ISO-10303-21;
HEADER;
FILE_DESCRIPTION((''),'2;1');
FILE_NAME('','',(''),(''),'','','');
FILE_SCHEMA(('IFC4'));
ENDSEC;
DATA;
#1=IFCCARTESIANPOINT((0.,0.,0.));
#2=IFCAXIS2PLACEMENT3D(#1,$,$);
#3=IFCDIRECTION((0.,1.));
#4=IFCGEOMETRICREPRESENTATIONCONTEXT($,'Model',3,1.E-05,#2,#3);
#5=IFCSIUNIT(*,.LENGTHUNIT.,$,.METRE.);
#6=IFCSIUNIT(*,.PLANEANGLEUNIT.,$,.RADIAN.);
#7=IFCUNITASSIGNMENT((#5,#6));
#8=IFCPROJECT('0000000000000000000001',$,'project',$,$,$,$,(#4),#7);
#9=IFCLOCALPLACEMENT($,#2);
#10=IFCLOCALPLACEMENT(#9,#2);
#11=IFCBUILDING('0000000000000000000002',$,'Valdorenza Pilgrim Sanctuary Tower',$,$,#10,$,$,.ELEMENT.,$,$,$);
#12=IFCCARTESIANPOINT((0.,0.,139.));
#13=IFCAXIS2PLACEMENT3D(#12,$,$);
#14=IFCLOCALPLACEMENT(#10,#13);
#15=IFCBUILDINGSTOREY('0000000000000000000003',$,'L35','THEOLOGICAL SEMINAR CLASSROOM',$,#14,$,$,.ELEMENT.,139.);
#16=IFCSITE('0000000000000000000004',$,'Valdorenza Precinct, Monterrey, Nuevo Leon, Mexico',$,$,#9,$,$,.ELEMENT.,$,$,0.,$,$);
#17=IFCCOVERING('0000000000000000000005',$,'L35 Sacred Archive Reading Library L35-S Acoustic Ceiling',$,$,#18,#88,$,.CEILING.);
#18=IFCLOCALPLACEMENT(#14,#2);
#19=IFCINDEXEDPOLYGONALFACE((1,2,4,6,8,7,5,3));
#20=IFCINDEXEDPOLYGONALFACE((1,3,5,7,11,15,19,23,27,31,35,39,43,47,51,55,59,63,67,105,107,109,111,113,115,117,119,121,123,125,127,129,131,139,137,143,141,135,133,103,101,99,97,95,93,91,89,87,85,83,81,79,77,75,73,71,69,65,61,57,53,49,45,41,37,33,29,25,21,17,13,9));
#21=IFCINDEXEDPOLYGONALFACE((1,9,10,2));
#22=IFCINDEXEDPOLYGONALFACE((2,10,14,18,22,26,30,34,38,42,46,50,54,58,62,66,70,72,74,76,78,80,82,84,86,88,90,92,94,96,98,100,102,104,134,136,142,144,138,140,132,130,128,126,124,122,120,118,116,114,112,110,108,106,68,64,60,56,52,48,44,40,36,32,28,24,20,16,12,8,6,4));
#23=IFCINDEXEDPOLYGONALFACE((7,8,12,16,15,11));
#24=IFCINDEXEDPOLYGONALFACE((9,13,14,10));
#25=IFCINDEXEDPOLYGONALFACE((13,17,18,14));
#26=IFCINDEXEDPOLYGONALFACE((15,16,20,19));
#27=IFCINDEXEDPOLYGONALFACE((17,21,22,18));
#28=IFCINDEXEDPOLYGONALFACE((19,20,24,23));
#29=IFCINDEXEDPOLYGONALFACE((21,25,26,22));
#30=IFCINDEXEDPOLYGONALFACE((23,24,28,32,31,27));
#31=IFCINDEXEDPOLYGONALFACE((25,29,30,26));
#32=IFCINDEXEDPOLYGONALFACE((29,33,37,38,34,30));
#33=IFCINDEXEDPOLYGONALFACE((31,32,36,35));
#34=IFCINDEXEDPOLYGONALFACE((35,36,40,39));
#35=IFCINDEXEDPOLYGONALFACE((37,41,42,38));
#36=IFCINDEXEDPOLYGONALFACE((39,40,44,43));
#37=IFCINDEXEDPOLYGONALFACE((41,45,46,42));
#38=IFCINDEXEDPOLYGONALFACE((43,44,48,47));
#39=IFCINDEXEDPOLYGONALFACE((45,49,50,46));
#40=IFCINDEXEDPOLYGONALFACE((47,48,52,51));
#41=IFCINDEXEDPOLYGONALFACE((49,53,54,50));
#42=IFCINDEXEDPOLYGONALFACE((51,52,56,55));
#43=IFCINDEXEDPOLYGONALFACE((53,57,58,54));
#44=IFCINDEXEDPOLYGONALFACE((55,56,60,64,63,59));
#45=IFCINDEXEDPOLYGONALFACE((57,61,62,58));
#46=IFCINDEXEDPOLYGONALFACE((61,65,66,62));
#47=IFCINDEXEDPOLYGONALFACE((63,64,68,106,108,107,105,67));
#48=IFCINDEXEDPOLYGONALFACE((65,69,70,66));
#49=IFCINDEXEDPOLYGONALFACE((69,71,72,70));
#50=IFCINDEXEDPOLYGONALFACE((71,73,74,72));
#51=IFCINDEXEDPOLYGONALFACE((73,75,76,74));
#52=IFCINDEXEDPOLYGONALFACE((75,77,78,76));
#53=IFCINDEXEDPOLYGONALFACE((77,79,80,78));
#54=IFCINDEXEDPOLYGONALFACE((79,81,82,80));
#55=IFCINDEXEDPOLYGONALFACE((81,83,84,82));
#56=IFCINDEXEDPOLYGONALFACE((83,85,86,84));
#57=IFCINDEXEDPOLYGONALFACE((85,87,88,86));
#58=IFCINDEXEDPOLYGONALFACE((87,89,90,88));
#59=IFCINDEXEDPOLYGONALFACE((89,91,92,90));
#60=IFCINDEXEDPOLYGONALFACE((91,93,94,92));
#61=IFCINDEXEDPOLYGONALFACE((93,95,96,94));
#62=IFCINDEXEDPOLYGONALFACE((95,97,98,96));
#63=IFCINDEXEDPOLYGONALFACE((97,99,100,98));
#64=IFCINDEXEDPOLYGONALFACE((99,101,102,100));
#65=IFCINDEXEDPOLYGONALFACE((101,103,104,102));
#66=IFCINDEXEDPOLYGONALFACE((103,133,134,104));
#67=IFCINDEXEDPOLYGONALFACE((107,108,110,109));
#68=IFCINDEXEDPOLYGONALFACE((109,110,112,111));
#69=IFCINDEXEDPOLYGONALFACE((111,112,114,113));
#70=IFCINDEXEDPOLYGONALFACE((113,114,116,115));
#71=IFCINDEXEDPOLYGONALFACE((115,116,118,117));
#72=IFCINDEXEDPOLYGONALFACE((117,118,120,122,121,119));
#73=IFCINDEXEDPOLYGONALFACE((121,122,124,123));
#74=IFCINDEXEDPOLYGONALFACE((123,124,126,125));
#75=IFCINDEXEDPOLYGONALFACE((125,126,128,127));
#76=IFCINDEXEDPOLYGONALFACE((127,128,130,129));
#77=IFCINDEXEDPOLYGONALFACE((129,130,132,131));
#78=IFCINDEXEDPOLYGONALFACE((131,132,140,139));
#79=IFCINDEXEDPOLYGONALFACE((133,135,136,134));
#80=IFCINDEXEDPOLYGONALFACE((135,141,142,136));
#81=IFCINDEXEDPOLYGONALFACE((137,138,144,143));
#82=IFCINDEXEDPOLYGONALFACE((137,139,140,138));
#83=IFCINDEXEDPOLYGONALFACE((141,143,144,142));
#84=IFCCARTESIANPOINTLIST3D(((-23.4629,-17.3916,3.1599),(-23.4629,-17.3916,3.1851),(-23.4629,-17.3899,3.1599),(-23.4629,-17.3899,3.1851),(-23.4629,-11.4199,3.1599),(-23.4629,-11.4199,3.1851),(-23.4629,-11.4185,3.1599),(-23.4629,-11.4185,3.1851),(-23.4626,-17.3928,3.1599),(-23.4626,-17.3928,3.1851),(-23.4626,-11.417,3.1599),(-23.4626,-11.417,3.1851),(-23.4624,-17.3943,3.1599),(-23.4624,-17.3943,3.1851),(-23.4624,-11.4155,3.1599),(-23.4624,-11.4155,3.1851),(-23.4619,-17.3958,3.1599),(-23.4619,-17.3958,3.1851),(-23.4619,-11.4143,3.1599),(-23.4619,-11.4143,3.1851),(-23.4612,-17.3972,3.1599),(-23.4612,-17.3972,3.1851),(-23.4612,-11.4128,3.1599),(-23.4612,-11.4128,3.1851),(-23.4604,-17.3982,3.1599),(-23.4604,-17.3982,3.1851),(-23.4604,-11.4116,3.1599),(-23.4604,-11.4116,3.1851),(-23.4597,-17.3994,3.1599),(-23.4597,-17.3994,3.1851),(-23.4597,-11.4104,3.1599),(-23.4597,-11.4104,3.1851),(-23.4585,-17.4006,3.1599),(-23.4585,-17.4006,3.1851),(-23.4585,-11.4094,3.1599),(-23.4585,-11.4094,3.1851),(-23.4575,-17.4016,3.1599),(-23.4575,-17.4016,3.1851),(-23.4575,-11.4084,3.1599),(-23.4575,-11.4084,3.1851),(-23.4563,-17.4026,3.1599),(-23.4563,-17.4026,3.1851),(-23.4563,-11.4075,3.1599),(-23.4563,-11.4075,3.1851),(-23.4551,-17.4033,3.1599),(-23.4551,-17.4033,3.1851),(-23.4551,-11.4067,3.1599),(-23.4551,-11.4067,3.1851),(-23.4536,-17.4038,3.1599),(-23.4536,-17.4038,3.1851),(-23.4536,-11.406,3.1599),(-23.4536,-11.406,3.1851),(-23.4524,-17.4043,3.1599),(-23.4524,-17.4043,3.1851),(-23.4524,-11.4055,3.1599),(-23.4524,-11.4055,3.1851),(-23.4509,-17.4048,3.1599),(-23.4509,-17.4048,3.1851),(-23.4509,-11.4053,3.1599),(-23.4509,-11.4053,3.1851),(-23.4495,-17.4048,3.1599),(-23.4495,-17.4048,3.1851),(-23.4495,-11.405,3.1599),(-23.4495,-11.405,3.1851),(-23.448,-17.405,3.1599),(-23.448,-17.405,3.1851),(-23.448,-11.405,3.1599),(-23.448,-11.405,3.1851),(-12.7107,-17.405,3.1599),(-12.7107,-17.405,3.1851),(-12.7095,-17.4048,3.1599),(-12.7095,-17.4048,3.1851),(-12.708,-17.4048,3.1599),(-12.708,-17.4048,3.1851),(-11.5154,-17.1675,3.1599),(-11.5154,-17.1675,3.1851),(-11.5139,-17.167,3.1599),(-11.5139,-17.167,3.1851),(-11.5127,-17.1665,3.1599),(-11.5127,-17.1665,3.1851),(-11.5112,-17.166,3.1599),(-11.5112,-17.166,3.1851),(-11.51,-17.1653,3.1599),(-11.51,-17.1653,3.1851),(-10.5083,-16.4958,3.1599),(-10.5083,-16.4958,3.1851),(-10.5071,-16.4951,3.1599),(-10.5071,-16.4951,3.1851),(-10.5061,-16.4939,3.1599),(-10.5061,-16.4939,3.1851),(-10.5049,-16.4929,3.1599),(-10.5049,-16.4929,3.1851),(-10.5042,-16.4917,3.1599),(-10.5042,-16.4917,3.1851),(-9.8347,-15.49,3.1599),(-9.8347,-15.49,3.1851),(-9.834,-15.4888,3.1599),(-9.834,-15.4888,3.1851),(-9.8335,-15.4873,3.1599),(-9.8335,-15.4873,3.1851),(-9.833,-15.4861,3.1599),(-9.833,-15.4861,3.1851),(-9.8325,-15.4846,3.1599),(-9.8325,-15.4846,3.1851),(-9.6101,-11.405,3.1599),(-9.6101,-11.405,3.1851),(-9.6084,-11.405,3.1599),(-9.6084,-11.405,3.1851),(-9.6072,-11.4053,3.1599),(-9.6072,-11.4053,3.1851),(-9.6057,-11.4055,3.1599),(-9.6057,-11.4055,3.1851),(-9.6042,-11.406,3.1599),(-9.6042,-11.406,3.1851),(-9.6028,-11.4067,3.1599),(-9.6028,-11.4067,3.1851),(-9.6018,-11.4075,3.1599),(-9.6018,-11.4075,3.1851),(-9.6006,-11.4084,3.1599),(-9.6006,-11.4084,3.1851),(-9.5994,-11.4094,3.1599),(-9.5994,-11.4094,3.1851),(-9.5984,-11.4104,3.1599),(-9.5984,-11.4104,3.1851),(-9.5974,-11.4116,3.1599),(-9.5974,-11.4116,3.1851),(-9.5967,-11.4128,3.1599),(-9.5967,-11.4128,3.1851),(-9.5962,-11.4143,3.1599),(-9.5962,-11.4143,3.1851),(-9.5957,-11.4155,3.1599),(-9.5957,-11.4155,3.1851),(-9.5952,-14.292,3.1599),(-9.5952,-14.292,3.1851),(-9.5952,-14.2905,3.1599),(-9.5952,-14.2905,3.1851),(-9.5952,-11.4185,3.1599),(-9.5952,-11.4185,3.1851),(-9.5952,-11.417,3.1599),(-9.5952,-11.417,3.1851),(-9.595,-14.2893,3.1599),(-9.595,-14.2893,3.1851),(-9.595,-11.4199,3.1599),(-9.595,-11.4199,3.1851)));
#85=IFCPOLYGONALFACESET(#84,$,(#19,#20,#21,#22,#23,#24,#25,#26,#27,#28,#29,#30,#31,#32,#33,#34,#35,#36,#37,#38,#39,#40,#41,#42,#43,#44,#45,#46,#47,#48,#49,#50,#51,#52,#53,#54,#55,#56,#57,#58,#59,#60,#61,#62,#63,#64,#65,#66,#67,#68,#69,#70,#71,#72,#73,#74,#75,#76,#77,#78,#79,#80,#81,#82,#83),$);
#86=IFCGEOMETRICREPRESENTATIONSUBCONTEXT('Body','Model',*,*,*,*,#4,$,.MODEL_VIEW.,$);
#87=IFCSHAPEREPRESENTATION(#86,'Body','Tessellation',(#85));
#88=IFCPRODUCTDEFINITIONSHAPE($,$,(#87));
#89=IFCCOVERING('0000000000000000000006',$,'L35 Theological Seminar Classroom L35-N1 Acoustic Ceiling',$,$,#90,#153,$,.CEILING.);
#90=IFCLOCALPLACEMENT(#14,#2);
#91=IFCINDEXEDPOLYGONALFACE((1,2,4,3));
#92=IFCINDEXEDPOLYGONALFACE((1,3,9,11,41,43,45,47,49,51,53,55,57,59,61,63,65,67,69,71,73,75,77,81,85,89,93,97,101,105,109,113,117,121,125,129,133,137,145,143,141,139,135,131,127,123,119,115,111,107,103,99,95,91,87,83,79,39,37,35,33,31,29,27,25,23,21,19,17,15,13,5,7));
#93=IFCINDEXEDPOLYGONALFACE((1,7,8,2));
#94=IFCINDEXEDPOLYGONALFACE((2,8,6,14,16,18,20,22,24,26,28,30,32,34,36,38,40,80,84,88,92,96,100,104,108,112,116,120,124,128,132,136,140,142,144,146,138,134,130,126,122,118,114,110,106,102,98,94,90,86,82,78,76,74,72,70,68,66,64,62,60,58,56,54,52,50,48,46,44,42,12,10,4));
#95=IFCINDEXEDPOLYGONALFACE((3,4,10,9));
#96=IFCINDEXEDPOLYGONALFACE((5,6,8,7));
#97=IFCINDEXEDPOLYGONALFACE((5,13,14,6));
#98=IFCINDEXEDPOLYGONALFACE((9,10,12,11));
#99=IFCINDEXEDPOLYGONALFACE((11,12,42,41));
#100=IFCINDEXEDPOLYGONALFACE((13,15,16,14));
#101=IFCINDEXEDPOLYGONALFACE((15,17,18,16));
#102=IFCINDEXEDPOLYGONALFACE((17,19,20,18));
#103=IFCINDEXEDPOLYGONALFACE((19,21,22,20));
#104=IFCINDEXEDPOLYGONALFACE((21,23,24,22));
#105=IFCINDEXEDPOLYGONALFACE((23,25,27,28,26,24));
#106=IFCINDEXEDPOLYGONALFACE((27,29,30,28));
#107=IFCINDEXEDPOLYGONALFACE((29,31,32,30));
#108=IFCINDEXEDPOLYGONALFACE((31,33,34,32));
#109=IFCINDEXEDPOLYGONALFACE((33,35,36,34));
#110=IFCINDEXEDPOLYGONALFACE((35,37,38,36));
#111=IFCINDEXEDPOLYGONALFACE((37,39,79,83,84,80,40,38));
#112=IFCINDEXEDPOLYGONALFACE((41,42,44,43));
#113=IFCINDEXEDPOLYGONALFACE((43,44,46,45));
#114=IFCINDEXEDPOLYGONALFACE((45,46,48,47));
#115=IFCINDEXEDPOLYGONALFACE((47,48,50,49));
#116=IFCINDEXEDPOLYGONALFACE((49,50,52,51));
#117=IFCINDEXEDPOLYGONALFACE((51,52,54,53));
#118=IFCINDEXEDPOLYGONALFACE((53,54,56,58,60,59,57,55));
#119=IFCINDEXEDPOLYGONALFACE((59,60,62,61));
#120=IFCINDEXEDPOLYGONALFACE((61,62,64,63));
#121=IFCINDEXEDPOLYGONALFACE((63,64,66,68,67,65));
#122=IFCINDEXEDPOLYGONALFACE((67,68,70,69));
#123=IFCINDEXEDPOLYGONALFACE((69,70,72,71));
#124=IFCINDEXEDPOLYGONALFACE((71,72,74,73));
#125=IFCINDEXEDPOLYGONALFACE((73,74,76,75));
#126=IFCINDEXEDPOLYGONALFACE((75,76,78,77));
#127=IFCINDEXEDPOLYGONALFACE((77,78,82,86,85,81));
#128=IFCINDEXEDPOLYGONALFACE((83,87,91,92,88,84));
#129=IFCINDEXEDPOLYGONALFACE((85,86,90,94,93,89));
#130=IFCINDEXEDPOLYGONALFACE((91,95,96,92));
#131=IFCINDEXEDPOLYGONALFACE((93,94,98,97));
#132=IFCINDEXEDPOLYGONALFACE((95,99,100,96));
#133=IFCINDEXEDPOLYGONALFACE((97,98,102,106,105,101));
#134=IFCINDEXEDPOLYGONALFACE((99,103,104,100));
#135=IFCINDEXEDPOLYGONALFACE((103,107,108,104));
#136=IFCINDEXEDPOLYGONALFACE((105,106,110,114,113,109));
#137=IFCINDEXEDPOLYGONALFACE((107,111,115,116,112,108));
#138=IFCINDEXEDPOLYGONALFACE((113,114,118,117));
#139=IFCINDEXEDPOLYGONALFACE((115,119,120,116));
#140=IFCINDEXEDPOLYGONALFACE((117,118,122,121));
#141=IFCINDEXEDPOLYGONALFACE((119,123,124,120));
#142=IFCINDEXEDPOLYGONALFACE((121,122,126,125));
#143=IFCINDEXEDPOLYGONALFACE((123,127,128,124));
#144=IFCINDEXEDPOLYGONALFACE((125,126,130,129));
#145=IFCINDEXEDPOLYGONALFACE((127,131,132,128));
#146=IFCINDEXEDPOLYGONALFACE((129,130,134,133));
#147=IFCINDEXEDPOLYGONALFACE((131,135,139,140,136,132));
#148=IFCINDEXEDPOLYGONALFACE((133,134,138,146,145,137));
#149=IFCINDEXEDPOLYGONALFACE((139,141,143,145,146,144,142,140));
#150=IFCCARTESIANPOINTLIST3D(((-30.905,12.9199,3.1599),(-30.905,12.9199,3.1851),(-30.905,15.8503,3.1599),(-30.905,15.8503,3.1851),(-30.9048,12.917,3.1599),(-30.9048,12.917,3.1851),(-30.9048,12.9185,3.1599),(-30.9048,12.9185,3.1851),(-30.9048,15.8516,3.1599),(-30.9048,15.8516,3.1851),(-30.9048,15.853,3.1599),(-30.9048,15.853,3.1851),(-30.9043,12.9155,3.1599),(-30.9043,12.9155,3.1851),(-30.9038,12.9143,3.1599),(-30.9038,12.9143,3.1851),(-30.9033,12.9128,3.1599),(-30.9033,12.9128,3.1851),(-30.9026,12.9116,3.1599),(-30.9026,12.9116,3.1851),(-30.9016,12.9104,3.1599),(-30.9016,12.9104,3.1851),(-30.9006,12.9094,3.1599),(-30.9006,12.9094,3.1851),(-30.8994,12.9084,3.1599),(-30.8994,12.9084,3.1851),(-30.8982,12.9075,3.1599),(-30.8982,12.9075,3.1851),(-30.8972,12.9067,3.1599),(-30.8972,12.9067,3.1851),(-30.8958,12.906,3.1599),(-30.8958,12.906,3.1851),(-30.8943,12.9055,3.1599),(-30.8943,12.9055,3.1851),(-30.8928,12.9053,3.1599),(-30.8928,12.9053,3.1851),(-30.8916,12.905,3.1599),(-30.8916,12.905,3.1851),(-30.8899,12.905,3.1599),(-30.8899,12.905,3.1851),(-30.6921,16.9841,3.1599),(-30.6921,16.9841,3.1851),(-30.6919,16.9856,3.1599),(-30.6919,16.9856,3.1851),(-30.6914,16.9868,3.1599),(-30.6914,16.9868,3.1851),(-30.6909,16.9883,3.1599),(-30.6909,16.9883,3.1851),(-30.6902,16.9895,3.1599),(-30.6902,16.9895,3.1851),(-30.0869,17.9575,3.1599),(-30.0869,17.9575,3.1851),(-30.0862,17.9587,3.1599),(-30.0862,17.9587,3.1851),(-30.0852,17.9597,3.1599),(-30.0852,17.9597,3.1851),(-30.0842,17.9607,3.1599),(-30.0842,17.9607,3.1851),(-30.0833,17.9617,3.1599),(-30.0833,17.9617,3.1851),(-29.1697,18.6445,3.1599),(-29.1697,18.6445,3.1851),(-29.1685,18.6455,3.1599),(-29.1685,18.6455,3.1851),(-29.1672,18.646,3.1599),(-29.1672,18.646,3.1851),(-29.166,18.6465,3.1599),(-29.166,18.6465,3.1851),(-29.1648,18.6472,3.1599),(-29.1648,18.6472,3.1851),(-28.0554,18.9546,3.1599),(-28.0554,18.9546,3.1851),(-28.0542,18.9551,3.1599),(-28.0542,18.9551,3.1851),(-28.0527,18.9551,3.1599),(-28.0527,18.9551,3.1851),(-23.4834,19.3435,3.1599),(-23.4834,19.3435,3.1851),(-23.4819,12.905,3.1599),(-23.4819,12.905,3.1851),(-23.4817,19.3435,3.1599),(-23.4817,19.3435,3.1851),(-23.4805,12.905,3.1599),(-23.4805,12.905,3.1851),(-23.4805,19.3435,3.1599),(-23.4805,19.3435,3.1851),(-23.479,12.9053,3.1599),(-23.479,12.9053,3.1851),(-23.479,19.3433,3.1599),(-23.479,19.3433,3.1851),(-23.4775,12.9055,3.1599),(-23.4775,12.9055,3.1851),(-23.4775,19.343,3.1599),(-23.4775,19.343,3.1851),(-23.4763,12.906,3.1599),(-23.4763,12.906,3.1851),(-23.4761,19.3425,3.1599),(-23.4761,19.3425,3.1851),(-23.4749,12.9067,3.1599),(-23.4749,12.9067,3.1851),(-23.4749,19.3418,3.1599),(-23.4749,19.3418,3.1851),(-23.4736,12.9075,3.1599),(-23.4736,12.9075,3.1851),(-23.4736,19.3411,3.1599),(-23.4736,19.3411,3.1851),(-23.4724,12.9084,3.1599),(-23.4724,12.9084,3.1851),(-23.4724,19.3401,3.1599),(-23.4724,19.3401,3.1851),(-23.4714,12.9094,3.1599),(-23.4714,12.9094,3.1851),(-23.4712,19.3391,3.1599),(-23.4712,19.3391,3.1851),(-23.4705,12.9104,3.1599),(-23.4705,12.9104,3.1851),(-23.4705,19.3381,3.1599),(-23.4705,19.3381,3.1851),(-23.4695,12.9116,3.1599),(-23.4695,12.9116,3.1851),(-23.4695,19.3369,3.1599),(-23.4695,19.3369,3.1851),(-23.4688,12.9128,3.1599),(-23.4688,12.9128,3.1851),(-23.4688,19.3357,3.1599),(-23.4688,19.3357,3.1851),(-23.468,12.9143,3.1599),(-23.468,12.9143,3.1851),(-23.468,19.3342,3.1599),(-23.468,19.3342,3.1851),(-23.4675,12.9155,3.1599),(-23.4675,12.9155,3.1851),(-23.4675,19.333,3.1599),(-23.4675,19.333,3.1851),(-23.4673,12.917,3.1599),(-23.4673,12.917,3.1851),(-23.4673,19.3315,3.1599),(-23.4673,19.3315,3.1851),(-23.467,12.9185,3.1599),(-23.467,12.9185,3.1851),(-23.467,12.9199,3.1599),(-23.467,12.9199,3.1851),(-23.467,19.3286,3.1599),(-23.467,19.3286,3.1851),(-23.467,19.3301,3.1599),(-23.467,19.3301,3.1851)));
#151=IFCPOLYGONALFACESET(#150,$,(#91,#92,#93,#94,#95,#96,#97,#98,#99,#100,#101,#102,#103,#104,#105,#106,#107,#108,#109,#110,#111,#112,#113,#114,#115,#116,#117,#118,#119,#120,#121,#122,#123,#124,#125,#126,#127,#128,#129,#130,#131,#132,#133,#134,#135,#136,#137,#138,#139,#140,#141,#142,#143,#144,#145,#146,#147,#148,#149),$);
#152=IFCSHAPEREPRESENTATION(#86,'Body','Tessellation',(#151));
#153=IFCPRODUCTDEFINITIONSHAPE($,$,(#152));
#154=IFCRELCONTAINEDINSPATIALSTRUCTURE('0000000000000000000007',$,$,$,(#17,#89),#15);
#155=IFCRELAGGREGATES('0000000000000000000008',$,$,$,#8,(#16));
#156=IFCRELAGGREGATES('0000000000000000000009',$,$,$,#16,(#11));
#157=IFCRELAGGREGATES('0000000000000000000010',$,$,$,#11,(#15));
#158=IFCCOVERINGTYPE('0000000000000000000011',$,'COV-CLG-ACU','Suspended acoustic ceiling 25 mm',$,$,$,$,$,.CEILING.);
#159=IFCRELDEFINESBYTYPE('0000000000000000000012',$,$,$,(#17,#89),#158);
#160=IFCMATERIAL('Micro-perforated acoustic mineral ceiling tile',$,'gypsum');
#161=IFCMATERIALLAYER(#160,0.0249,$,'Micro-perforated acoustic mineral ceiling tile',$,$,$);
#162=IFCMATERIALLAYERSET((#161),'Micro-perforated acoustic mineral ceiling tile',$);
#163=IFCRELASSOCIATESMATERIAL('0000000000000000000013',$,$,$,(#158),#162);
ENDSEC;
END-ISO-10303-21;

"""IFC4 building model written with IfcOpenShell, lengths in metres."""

from ifc_helpers import new_model, si_unit, direction, frame, origin, place, context, subcontext, project, spatial, polyline, outline, extrude, material, layer, layer_set, type_object, element, save


model = new_model("IFC4")

# Units and contexts
model_context = context("Model", 3, precision=1e-05, world=origin(), true_north=direction((0.0, 1.0)))
body_context = subcontext(model_context, "Body", "Model", "MODEL_VIEW")
ifc_project = project(units=[si_unit("LENGTHUNIT", "METRE"), si_unit("PLANEANGLEUNIT", "RADIAN")], contexts=[model_context])

# Site, building, storey
site_placement = place(None, origin())
site = spatial("IfcSite", under=ifc_project, at=site_placement, Name="Valdorenza Precinct, Monterrey, Nuevo Leon, Mexico", CompositionType="ELEMENT", RefElevation=0.0)
building_placement = place(site_placement, origin())
building = spatial("IfcBuilding", under=site, at=building_placement, Name="Valdorenza Pilgrim Sanctuary Tower", CompositionType="ELEMENT")
storey_placement = place(building_placement, frame((0.0, 0.0, 139.0)))
storey = spatial("IfcBuildingStorey", under=building, at=storey_placement, Name="L35", Description="THEOLOGICAL SEMINAR CLASSROOM", CompositionType="ELEMENT", Elevation=139.0)

# Coverings
ifc_material_1 = material(Name="Micro-perforated acoustic mineral ceiling tile", Category="gypsum")
ifc_layer_1 = layer(ifc_material_1, 0.0249, Name="Micro-perforated acoustic mineral ceiling tile")
ifc_layer_set_1 = layer_set([ifc_layer_1], Name="Micro-perforated acoustic mineral ceiling tile")
covering_type_1 = type_object("IfcCoveringType", Name="COV-CLG-ACU", Description="Suspended acoustic ceiling 25 mm", PredefinedType="CEILING", material=ifc_layer_set_1)
covering_1_placement = place(storey_placement, frame((0.0, 0.0, 3.1599)))
element("IfcCovering", 1, at=covering_1_placement, inside=storey, type_object=covering_type_1, Name="L35 Sacred Archive Reading Library L35-S Acoustic Ceiling", PredefinedType="CEILING", context=body_context, shape_type="SweptSolid", body=[
    extrude(outline(polyline([(-9.6101, -11.405), (-9.6084, -11.405), (-9.6072, -11.4053), (-9.6057, -11.4055), (-9.6042, -11.406), (-9.6028, -11.4067), (-9.6018, -11.4075), (-9.6006, -11.4084), (-9.5994, -11.4094), (-9.5984, -11.4104), (-9.5974, -11.4116), (-9.5967, -11.4128), (-9.5962, -11.4143), (-9.5957, -11.4155), (-9.5952, -11.417), (-9.5952, -11.4185), (-9.595, -11.4199), (-9.595, -14.2893), (-9.5952, -14.2905), (-9.5952, -14.292), (-9.8325, -15.4846), (-9.833, -15.4861), (-9.8335, -15.4873), (-9.834, -15.4888), (-9.8347, -15.49), (-10.5042, -16.4917), (-10.5049, -16.4929), (-10.5061, -16.4939), (-10.5071, -16.4951), (-10.5083, -16.4958), (-11.51, -17.1653), (-11.5112, -17.166), (-11.5127, -17.1665), (-11.5139, -17.167), (-11.5154, -17.1675), (-12.708, -17.4048), (-12.7095, -17.4048), (-12.7107, -17.405), (-23.448, -17.405), (-23.4495, -17.4048), (-23.4509, -17.4048), (-23.4524, -17.4043), (-23.4536, -17.4038), (-23.4551, -17.4033), (-23.4563, -17.4026), (-23.4575, -17.4016), (-23.4585, -17.4006), (-23.4597, -17.3994), (-23.4604, -17.3982), (-23.4612, -17.3972), (-23.4619, -17.3958), (-23.4624, -17.3943), (-23.4626, -17.3928), (-23.4629, -17.3916), (-23.4629, -17.3899), (-23.4629, -11.4199), (-23.4629, -11.4185), (-23.4626, -11.417), (-23.4624, -11.4155), (-23.4619, -11.4143), (-23.4612, -11.4128), (-23.4604, -11.4116), (-23.4597, -11.4104), (-23.4585, -11.4094), (-23.4575, -11.4084), (-23.4563, -11.4075), (-23.4551, -11.4067), (-23.4536, -11.406), (-23.4524, -11.4055), (-23.4509, -11.4053), (-23.4495, -11.405), (-23.448, -11.405), (-9.6101, -11.405)])), origin(), (0.0, 0.0, 1.0), 0.0251),
])
covering_2_placement = place(storey_placement, frame((0.0, 0.0, 3.1599)))
element("IfcCovering", 2, at=covering_2_placement, inside=storey, type_object=covering_type_1, Name="L35 Theological Seminar Classroom L35-N1 Acoustic Ceiling", PredefinedType="CEILING", context=body_context, shape_type="SweptSolid", body=[
    extrude(outline(polyline([(-30.8899, 12.905), (-30.8916, 12.905), (-30.8928, 12.9053), (-30.8943, 12.9055), (-30.8958, 12.906), (-30.8972, 12.9067), (-30.8982, 12.9075), (-30.8994, 12.9084), (-30.9006, 12.9094), (-30.9016, 12.9104), (-30.9026, 12.9116), (-30.9033, 12.9128), (-30.9038, 12.9143), (-30.9043, 12.9155), (-30.9048, 12.917), (-30.9048, 12.9185), (-30.905, 12.9199), (-30.905, 15.8503), (-30.9048, 15.8516), (-30.9048, 15.853), (-30.6921, 16.9841), (-30.6919, 16.9856), (-30.6914, 16.9868), (-30.6909, 16.9883), (-30.6902, 16.9895), (-30.0869, 17.9575), (-30.0862, 17.9587), (-30.0852, 17.9597), (-30.0842, 17.9607), (-30.0833, 17.9617), (-29.1697, 18.6445), (-29.1685, 18.6455), (-29.1672, 18.646), (-29.166, 18.6465), (-29.1648, 18.6472), (-28.0554, 18.9546), (-28.0542, 18.9551), (-28.0527, 18.9551), (-23.4834, 19.3435), (-23.4817, 19.3435), (-23.4805, 19.3435), (-23.479, 19.3433), (-23.4775, 19.343), (-23.4761, 19.3425), (-23.4749, 19.3418), (-23.4736, 19.3411), (-23.4724, 19.3401), (-23.4712, 19.3391), (-23.4705, 19.3381), (-23.4695, 19.3369), (-23.4688, 19.3357), (-23.468, 19.3342), (-23.4675, 19.333), (-23.4673, 19.3315), (-23.467, 19.3301), (-23.467, 19.3286), (-23.467, 12.9199), (-23.467, 12.9185), (-23.4673, 12.917), (-23.4675, 12.9155), (-23.468, 12.9143), (-23.4688, 12.9128), (-23.4695, 12.9116), (-23.4705, 12.9104), (-23.4714, 12.9094), (-23.4724, 12.9084), (-23.4736, 12.9075), (-23.4749, 12.9067), (-23.4763, 12.906), (-23.4775, 12.9055), (-23.479, 12.9053), (-23.4805, 12.905), (-23.4819, 12.905), (-30.8899, 12.905)])), origin(), (0.0, 0.0, 1.0), 0.0251),
])

save(model, "model.ifc")
